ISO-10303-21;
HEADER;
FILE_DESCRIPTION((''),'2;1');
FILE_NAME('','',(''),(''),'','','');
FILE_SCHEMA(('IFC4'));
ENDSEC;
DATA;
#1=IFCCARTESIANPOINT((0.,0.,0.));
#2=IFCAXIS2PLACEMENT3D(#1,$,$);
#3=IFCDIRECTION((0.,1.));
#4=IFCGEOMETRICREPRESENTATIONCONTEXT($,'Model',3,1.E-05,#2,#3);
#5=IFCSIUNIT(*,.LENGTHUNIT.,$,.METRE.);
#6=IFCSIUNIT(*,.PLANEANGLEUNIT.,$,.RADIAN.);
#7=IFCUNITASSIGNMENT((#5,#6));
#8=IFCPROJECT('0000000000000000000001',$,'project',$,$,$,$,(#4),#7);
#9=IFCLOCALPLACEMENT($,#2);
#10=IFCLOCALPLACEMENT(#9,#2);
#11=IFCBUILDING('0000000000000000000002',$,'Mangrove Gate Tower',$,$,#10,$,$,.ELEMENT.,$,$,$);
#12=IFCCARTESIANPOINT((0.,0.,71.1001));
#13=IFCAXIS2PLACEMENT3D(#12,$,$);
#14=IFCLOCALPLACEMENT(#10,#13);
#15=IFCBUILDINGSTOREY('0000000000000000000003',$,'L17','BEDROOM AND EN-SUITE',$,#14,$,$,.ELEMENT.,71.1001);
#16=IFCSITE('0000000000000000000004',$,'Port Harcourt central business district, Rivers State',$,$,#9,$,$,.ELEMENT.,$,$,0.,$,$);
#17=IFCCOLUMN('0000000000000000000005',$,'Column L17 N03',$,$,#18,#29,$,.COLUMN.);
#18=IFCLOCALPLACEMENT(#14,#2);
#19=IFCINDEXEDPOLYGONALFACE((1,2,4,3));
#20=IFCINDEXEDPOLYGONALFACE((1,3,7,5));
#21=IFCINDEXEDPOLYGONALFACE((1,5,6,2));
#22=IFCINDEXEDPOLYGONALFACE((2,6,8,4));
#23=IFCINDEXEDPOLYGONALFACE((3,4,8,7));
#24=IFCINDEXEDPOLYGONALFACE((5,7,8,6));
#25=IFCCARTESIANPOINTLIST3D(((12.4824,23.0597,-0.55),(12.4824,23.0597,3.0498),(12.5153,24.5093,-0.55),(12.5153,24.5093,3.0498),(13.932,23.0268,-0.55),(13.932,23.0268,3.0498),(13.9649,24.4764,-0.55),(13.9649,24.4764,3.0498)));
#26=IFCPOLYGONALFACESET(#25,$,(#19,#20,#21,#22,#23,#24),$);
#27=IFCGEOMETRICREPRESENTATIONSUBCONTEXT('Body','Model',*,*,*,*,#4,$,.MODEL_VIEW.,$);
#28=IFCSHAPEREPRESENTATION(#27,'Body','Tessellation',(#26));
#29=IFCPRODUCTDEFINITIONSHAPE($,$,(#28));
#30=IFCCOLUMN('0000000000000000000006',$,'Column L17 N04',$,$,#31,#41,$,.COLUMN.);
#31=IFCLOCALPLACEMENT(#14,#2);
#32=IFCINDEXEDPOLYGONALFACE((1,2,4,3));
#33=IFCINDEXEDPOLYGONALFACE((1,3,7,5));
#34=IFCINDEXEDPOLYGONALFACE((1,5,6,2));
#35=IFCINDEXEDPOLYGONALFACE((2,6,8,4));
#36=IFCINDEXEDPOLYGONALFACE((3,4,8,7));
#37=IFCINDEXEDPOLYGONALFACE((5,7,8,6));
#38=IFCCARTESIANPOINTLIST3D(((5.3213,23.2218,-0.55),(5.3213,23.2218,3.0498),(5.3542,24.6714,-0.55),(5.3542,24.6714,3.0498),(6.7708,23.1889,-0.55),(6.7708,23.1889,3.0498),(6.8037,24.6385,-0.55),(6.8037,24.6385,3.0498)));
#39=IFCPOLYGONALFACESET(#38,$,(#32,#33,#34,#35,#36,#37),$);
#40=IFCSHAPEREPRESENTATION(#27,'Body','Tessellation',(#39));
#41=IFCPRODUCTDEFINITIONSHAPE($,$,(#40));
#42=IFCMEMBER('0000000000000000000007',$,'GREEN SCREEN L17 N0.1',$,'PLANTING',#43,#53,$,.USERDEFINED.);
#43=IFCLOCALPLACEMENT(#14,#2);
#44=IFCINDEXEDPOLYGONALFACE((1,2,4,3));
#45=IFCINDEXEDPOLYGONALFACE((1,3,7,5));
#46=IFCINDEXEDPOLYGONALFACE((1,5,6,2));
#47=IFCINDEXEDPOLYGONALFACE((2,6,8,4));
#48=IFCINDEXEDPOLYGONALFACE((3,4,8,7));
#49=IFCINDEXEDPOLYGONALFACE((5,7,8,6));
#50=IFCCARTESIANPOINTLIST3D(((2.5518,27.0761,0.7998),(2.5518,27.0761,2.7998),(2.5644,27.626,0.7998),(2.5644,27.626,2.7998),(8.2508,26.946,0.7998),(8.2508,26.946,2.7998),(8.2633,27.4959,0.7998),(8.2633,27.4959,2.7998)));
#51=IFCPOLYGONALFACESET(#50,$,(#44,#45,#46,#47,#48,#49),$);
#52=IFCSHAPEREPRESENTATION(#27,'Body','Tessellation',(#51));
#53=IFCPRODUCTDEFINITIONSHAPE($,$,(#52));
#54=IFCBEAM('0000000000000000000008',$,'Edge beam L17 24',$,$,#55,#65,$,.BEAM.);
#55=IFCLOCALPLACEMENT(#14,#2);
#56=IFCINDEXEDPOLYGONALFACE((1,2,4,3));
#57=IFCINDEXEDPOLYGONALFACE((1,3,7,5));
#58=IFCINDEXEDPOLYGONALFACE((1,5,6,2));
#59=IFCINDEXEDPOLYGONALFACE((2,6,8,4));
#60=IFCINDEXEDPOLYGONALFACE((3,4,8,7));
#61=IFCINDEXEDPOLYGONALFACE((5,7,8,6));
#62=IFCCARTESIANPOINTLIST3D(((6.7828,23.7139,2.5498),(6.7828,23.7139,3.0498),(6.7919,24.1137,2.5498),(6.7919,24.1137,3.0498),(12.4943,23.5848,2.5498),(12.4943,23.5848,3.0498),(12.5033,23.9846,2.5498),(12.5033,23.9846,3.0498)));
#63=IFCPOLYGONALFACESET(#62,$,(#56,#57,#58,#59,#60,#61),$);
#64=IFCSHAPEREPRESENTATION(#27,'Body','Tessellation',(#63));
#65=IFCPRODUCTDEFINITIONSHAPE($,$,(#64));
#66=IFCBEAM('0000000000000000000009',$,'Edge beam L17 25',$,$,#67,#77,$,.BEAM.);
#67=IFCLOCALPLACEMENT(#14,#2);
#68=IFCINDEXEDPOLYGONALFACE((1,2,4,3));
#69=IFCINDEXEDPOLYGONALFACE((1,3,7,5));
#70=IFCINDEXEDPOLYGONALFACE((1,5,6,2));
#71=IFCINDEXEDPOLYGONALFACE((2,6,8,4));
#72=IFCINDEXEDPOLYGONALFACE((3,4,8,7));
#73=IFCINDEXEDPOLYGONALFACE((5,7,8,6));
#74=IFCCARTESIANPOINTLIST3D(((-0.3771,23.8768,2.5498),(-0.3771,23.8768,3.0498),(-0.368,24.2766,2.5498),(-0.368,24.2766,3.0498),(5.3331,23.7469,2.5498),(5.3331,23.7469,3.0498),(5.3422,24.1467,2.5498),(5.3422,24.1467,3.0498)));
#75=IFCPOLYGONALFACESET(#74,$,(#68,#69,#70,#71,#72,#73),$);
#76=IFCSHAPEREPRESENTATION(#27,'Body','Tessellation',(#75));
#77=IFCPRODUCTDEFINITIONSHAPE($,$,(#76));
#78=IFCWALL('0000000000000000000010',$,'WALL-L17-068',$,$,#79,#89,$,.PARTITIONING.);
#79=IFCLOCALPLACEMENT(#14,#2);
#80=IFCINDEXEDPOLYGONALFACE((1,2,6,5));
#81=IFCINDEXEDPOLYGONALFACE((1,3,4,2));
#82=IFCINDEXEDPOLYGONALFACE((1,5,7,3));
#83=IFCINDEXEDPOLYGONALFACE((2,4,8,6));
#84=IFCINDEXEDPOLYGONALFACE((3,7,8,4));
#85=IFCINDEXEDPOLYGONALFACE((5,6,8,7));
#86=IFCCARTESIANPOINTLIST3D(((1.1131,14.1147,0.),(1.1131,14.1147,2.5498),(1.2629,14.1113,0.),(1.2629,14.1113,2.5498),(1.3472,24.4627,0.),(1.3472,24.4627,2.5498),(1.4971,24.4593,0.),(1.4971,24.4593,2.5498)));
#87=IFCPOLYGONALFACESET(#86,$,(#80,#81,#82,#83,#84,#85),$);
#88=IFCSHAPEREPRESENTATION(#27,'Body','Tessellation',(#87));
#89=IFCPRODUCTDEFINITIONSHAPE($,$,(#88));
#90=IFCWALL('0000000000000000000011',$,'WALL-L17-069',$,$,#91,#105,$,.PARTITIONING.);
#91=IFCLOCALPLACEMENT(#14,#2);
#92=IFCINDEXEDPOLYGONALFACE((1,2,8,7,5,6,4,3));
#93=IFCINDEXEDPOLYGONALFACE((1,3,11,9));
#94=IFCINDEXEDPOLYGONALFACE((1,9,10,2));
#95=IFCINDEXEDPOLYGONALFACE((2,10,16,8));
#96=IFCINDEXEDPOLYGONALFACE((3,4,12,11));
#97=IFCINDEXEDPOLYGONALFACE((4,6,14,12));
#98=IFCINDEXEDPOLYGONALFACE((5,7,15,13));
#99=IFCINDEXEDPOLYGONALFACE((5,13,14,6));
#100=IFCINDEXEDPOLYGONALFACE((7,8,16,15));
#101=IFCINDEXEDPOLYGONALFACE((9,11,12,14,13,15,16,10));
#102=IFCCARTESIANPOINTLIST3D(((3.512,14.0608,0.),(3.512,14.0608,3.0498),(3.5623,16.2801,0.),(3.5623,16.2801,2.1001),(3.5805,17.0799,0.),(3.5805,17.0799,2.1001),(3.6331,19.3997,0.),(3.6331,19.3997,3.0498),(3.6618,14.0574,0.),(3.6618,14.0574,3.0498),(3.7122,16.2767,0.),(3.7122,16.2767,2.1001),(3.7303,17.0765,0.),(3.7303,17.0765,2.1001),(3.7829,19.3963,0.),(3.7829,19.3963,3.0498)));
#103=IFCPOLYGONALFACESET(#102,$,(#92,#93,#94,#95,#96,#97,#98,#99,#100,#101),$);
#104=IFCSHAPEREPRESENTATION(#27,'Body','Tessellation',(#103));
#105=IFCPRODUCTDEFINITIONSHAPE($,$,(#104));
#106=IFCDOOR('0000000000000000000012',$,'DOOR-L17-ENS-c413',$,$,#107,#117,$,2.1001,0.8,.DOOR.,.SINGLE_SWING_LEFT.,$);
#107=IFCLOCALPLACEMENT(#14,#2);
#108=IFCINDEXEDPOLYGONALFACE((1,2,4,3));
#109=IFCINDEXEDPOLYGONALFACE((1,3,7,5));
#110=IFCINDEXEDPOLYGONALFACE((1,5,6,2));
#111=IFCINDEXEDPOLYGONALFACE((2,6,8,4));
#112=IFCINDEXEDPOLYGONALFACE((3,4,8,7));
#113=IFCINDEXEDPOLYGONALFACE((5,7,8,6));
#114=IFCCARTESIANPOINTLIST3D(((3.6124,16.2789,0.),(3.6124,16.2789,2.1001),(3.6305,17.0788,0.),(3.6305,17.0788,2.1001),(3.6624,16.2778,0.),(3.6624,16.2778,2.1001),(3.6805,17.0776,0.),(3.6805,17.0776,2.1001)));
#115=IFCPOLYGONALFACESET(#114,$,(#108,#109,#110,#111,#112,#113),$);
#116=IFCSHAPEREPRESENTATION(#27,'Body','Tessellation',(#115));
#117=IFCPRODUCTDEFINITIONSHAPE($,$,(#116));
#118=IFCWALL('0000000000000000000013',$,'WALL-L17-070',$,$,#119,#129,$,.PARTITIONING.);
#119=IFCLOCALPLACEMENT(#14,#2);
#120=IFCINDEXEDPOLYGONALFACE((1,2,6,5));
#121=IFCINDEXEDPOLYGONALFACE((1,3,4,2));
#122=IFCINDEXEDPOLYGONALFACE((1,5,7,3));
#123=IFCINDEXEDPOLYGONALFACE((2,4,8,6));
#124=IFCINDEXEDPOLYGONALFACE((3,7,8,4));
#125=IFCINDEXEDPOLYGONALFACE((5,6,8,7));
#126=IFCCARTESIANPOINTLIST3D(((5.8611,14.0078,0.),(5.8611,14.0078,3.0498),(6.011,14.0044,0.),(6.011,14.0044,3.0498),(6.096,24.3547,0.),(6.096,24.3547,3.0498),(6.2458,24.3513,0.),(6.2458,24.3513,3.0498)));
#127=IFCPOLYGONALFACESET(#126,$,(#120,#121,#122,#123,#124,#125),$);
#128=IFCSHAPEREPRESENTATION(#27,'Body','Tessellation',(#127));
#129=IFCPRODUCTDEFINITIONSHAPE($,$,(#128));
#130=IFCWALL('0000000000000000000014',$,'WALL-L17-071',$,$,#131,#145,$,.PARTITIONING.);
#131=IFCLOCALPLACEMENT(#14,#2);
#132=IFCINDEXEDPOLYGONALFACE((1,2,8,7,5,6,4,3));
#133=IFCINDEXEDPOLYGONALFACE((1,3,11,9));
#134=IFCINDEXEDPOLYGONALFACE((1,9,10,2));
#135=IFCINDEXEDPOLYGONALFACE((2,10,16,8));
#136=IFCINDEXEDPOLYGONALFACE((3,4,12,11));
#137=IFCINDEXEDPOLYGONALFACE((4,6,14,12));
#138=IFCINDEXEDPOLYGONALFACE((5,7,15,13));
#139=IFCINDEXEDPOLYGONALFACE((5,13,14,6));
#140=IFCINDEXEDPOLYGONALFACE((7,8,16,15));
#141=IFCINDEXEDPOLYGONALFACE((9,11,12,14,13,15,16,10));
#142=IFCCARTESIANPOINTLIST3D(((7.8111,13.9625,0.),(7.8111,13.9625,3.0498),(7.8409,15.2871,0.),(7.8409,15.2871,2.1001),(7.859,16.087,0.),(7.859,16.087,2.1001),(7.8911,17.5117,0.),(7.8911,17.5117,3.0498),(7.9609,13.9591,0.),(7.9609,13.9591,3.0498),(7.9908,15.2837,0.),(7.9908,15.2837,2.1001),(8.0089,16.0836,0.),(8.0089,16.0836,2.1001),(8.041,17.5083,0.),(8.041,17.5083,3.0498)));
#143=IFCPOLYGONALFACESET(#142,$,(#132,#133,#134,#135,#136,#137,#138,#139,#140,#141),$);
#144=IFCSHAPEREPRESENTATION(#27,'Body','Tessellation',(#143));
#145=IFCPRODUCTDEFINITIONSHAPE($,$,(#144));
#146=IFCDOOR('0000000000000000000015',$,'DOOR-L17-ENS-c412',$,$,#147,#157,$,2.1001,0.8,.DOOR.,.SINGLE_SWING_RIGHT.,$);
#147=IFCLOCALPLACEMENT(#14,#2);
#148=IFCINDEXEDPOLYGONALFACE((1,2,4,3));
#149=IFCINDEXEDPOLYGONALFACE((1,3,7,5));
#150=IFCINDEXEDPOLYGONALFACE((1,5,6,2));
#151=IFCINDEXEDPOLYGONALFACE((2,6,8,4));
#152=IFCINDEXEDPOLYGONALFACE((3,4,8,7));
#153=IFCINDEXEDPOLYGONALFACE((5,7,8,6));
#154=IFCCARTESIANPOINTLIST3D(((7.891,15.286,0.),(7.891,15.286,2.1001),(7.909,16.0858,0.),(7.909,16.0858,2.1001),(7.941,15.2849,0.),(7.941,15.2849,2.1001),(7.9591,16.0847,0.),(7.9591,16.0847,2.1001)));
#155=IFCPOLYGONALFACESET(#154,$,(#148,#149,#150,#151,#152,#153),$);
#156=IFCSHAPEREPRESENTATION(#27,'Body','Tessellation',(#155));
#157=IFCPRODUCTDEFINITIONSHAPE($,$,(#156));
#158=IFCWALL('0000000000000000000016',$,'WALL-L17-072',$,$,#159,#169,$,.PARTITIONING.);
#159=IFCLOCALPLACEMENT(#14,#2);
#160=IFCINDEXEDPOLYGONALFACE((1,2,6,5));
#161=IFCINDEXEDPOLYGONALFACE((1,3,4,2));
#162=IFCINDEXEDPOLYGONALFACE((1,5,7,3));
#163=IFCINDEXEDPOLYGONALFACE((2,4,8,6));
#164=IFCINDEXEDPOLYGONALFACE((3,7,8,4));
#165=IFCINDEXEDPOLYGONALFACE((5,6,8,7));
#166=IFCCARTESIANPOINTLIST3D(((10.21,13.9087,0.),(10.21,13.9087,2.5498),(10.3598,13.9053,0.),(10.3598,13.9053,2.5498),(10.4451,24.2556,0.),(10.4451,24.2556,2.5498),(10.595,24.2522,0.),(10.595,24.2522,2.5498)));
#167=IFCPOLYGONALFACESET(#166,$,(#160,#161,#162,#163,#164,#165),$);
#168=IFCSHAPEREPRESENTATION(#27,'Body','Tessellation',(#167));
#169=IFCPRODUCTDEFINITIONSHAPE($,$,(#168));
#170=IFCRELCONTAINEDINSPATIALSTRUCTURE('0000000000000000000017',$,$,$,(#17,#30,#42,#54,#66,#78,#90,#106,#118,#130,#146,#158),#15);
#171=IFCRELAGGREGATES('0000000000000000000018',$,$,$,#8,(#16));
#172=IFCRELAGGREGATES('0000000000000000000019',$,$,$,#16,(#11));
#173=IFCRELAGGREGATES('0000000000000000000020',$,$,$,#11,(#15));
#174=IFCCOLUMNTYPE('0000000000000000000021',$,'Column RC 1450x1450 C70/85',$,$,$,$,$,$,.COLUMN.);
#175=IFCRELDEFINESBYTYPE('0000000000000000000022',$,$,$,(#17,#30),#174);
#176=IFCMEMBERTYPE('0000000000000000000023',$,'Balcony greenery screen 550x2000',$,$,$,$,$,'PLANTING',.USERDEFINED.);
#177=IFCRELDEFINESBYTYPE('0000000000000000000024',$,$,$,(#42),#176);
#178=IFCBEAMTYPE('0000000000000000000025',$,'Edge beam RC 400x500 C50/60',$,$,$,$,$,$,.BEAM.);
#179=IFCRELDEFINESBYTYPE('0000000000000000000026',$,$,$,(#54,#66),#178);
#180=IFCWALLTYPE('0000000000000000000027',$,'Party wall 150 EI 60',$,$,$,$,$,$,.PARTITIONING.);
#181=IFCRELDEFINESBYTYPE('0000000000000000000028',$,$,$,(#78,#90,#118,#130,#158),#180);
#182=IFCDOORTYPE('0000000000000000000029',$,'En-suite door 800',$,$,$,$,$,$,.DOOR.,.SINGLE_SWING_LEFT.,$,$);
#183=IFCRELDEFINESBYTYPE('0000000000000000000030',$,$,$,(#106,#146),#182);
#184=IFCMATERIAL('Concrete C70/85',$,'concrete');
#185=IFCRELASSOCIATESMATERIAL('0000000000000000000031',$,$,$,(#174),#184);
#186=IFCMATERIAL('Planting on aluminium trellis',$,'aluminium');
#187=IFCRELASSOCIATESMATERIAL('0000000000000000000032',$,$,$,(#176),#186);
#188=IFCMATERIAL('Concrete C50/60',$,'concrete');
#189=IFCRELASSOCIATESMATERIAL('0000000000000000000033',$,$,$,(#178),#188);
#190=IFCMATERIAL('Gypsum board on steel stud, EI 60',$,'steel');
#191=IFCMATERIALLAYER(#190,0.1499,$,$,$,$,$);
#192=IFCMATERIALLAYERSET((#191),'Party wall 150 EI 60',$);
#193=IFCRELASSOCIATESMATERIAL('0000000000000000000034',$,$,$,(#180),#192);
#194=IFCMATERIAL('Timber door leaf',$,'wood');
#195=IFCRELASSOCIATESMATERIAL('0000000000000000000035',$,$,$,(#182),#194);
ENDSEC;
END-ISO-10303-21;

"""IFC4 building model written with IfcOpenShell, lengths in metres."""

from ifc_helpers import new_model, si_unit, direction, frame, frame_2d, origin, origin_2d, place, context, subcontext, project, spatial, rectangle, extrude, material, layer, layer_set, material_profile, profile_set, type_object, element, fill, save


model = new_model("IFC4")

# Units and contexts
model_context = context("Model", 3, precision=1e-05, world=origin(), true_north=direction((0.0, 1.0)))
body_context = subcontext(model_context, "Body", "Model", "MODEL_VIEW")
ifc_project = project(units=[si_unit("LENGTHUNIT", "METRE"), si_unit("PLANEANGLEUNIT", "RADIAN")], contexts=[model_context])

# Site, building, storey
site_placement = place(None, origin())
site = spatial("IfcSite", under=ifc_project, at=site_placement, Name="Port Harcourt central business district, Rivers State", CompositionType="ELEMENT", RefElevation=0.0)
building_placement = place(site_placement, origin())
building = spatial("IfcBuilding", under=site, at=building_placement, Name="Mangrove Gate Tower", CompositionType="ELEMENT")
storey_placement = place(building_placement, frame((0.0, 0.0, 71.1001)))
storey = spatial("IfcBuildingStorey", under=building, at=storey_placement, Name="L17", Description="BEDROOM AND EN-SUITE", CompositionType="ELEMENT", Elevation=71.1001)

# Columns
ifc_material_1 = material(Name="Concrete C70/85", Category="concrete")
ifc_material_profile_1 = material_profile(ifc_material_1, rectangle(XDim=1.45, YDim=1.45, at=origin_2d()))
ifc_profile_set_1 = profile_set([ifc_material_profile_1], Name="Concrete C70/85")
column_type = type_object("IfcColumnType", Name="Column RC 1450x1450 C70/85", PredefinedType="COLUMN", material=ifc_profile_set_1)
for number, where, z_axis, x_axis, name in (
    (1, (13.2236, 23.7681, -0.55), (0.0, 0.0, 1.0), (-0.999743, 0.022688, 0.0), "Column L17 N03"),
    (2, (6.0625, 23.9302, -0.55), (0.0, 0.0, 1.0), (-0.999743, 0.022688, 0.0), "Column L17 N04"),
):
    element("IfcColumn", number, at=place(storey_placement, frame(where, z_axis=z_axis, x_axis=x_axis)), inside=storey, type_object=column_type, Name=name, PredefinedType="COLUMN", context=body_context, shape_type="SweptSolid", body=[
        extrude(rectangle(XDim=1.45, YDim=1.45, at=origin_2d()), origin(), (0.0, 0.0, 1.0), 3.5999),
    ])

# Member
ifc_material_2 = material(Name="Planting on aluminium trellis", Category="aluminium")
ifc_material_profile_2 = material_profile(ifc_material_2, rectangle(XDim=0.55, YDim=2.0, at=origin_2d()))
ifc_profile_set_2 = profile_set([ifc_material_profile_2], Name="Planting on aluminium trellis")
member_type = type_object("IfcMemberType", Name="Balcony greenery screen 550x2000", ElementType="PLANTING", PredefinedType="USERDEFINED", material=ifc_profile_set_2)
member_placement = place(storey_placement, frame((2.5581, 27.3511, 1.7998), z_axis=(0.999739, -0.022827, 0.0), x_axis=(0.022827, 0.999739, 0.0)))
element("IfcMember", 3, at=member_placement, inside=storey, type_object=member_type, Name="GREEN SCREEN L17 N0.1", ObjectType="PLANTING", PredefinedType="USERDEFINED", context=body_context, shape_type="SweptSolid", body=[
    extrude(rectangle(XDim=0.55, YDim=2.0, at=origin_2d()), origin(), (0.0, 0.0, 1.0), 5.7004),
])

# Beams
ifc_material_3 = material(Name="Concrete C50/60", Category="concrete")
ifc_material_profile_3 = material_profile(ifc_material_3, rectangle(XDim=0.3999, YDim=0.5, at=origin_2d()))
ifc_profile_set_3 = profile_set([ifc_material_profile_3], Name="Concrete C50/60")
beam_type = type_object("IfcBeamType", Name="Edge beam RC 400x500 C50/60", PredefinedType="BEAM", material=ifc_profile_set_3)
beam_1_placement = place(storey_placement, frame((12.4988, 23.7847, 2.7998), z_axis=(-0.999744, 0.022607, 0.0), x_axis=(-0.022607, -0.999744, 0.0)))
element("IfcBeam", 4, at=beam_1_placement, inside=storey, type_object=beam_type, Name="Edge beam L17 24", PredefinedType="BEAM", context=body_context, shape_type="SweptSolid", body=[
    extrude(rectangle(XDim=0.3999, YDim=0.5, at=origin_2d()), origin(), (0.0, 0.0, 1.0), 5.7129),
])
beam_2_placement = place(storey_placement, frame((5.3376, 23.9468, 2.7998), z_axis=(-0.999741, 0.02274, 0.0), x_axis=(-0.02274, -0.999741, 0.0)))
element("IfcBeam", 5, at=beam_2_placement, inside=storey, type_object=beam_type, Name="Edge beam L17 25", PredefinedType="BEAM", context=body_context, shape_type="SweptSolid", body=[
    extrude(rectangle(XDim=0.3999, YDim=0.5, at=origin_2d()), origin(), (0.0, 0.0, 1.0), 5.7117),
])

# Wall
ifc_material_4 = material(Name="Gypsum board on steel stud, EI 60", Category="steel")
ifc_layer_1 = layer(ifc_material_4, 0.1499)
ifc_layer_set_1 = layer_set([ifc_layer_1], Name="Party wall 150 EI 60")
wall_type_1 = type_object("IfcWallType", Name="Party wall 150 EI 60", PredefinedType="PARTITIONING", material=ifc_layer_set_1)
wall_1_placement = place(storey_placement, frame((1.188, 14.113, 0.0), z_axis=(0.0, 0.0, 1.0), x_axis=(0.02262, 0.999744, 0.0)))
element("IfcWall", 6, at=wall_1_placement, inside=storey, type_object=wall_type_1, Name="WALL-L17-068", PredefinedType="PARTITIONING", context=body_context, shape_type="SweptSolid", body=[
    extrude(rectangle(XDim=10.3506, YDim=0.1499, at=frame_2d((5.1753, 0.0))), origin(), (0.0, 0.0, 1.0), 2.5498),
])

# Wall, opening, door
wall_2_placement = place(storey_placement, frame((3.5869, 14.0591, 0.0), z_axis=(0.0, 0.0, 1.0), x_axis=(0.022676, 0.999743, 0.0)))
wall_2 = element("IfcWall", 7, at=wall_2_placement, inside=storey, type_object=wall_type_1, Name="WALL-L17-069", PredefinedType="PARTITIONING", context=body_context, shape_type="SweptSolid", body=[
    extrude(rectangle(XDim=5.3403, YDim=0.1499, at=frame_2d((2.6702, 0.0))), origin(), (0.0, 0.0, 1.0), 3.0498),
])
opening_1_placement = place(wall_2_placement, frame((2.22, 0.0, 0.0)))
opening_1 = element("IfcOpeningElement", 8, at=opening_1_placement, cuts=wall_2, PredefinedType="OPENING", context=body_context, shape_type="SweptSolid", body=[
    extrude(rectangle(XDim=0.8, YDim=2.1001, at=frame_2d((0.3999, 1.05))), frame((0.0, 0.085, 0.0), z_axis=(0.0, -1.0, 0.0), x_axis=(1.0, 0.0, 0.0)), (0.0, 0.0, 1.0), 0.1699),
])
ifc_material_5 = material(Name="Timber door leaf", Category="wood")
door_type = type_object("IfcDoorType", Name="En-suite door 800", OperationType="SINGLE_SWING_LEFT", PredefinedType="DOOR", material=ifc_material_5)
door_1_placement = place(opening_1_placement, origin())
door_1 = element("IfcDoor", 9, at=door_1_placement, inside=storey, type_object=door_type, Name="DOOR-L17-ENS-c413", OperationType="SINGLE_SWING_LEFT", OverallHeight=2.1001, OverallWidth=0.8, PredefinedType="DOOR", context=body_context, shape_type="SweptSolid", body=[
    extrude(rectangle(XDim=0.8, YDim=2.1001, at=frame_2d((0.3999, 1.05))), frame((0.0, 0.0249, 0.0), z_axis=(0.0, -1.0, 0.0), x_axis=(1.0, 0.0, 0.0)), (0.0, 0.0, 1.0), 0.05),
])
fill(opening_1, door_1)

# Wall
wall_3_placement = place(storey_placement, frame((5.936, 14.0061, 0.0), z_axis=(0.0, 0.0, 1.0), x_axis=(0.022693, 0.999742, 0.0)))
element("IfcWall", 10, at=wall_3_placement, inside=storey, type_object=wall_type_1, Name="WALL-L17-070", PredefinedType="PARTITIONING", context=body_context, shape_type="SweptSolid", body=[
    extrude(rectangle(XDim=10.3496, YDim=0.1499, at=frame_2d((5.1748, 0.0))), origin(), (0.0, 0.0, 1.0), 3.0498),
])

# Wall, opening, door
wall_4_placement = place(storey_placement, frame((7.886, 13.9609, 0.0), z_axis=(0.0, 0.0, 1.0), x_axis=(0.022557, 0.999746, 0.0)))
wall_4 = element("IfcWall", 11, at=wall_4_placement, inside=storey, type_object=wall_type_1, Name="WALL-L17-071", PredefinedType="PARTITIONING", context=body_context, shape_type="SweptSolid", body=[
    extrude(rectangle(XDim=3.55, YDim=0.1499, at=frame_2d((1.7749, 0.0))), origin(), (0.0, 0.0, 1.0), 3.0498),
])
opening_2_placement = place(wall_4_placement, frame((1.325, 0.0, 0.0)))
opening_2 = element("IfcOpeningElement", 12, at=opening_2_placement, cuts=wall_4, PredefinedType="OPENING", context=body_context, shape_type="SweptSolid", body=[
    extrude(rectangle(XDim=0.8, YDim=2.1001, at=frame_2d((0.3999, 1.05))), frame((0.0, 0.085, 0.0), z_axis=(0.0, -1.0, 0.0), x_axis=(1.0, 0.0, 0.0)), (0.0, 0.0, 1.0), 0.1699),
])
door_2_placement = place(opening_2_placement, origin())
door_2 = element("IfcDoor", 13, at=door_2_placement, inside=storey, type_object=door_type, Name="DOOR-L17-ENS-c412", OperationType="SINGLE_SWING_RIGHT", OverallHeight=2.1001, OverallWidth=0.8, PredefinedType="DOOR", context=body_context, shape_type="SweptSolid", body=[
    extrude(rectangle(XDim=0.8, YDim=2.1001, at=frame_2d((0.3999, 1.05))), frame((0.0, 0.0249, 0.0), z_axis=(0.0, -1.0, 0.0), x_axis=(1.0, 0.0, 0.0)), (0.0, 0.0, 1.0), 0.05),
])
fill(opening_2, door_2)

# Wall
wall_5_placement = place(storey_placement, frame((10.2849, 13.907, 0.0), z_axis=(0.0, 0.0, 1.0), x_axis=(0.022717, 0.999742, 0.0)))
element("IfcWall", 14, at=wall_5_placement, inside=storey, type_object=wall_type_1, Name="WALL-L17-072", PredefinedType="PARTITIONING", context=body_context, shape_type="SweptSolid", body=[
    extrude(rectangle(XDim=10.3496, YDim=0.1499, at=frame_2d((5.1748, 0.0))), origin(), (0.0, 0.0, 1.0), 2.5498),
])

save(model, "model.ifc")
